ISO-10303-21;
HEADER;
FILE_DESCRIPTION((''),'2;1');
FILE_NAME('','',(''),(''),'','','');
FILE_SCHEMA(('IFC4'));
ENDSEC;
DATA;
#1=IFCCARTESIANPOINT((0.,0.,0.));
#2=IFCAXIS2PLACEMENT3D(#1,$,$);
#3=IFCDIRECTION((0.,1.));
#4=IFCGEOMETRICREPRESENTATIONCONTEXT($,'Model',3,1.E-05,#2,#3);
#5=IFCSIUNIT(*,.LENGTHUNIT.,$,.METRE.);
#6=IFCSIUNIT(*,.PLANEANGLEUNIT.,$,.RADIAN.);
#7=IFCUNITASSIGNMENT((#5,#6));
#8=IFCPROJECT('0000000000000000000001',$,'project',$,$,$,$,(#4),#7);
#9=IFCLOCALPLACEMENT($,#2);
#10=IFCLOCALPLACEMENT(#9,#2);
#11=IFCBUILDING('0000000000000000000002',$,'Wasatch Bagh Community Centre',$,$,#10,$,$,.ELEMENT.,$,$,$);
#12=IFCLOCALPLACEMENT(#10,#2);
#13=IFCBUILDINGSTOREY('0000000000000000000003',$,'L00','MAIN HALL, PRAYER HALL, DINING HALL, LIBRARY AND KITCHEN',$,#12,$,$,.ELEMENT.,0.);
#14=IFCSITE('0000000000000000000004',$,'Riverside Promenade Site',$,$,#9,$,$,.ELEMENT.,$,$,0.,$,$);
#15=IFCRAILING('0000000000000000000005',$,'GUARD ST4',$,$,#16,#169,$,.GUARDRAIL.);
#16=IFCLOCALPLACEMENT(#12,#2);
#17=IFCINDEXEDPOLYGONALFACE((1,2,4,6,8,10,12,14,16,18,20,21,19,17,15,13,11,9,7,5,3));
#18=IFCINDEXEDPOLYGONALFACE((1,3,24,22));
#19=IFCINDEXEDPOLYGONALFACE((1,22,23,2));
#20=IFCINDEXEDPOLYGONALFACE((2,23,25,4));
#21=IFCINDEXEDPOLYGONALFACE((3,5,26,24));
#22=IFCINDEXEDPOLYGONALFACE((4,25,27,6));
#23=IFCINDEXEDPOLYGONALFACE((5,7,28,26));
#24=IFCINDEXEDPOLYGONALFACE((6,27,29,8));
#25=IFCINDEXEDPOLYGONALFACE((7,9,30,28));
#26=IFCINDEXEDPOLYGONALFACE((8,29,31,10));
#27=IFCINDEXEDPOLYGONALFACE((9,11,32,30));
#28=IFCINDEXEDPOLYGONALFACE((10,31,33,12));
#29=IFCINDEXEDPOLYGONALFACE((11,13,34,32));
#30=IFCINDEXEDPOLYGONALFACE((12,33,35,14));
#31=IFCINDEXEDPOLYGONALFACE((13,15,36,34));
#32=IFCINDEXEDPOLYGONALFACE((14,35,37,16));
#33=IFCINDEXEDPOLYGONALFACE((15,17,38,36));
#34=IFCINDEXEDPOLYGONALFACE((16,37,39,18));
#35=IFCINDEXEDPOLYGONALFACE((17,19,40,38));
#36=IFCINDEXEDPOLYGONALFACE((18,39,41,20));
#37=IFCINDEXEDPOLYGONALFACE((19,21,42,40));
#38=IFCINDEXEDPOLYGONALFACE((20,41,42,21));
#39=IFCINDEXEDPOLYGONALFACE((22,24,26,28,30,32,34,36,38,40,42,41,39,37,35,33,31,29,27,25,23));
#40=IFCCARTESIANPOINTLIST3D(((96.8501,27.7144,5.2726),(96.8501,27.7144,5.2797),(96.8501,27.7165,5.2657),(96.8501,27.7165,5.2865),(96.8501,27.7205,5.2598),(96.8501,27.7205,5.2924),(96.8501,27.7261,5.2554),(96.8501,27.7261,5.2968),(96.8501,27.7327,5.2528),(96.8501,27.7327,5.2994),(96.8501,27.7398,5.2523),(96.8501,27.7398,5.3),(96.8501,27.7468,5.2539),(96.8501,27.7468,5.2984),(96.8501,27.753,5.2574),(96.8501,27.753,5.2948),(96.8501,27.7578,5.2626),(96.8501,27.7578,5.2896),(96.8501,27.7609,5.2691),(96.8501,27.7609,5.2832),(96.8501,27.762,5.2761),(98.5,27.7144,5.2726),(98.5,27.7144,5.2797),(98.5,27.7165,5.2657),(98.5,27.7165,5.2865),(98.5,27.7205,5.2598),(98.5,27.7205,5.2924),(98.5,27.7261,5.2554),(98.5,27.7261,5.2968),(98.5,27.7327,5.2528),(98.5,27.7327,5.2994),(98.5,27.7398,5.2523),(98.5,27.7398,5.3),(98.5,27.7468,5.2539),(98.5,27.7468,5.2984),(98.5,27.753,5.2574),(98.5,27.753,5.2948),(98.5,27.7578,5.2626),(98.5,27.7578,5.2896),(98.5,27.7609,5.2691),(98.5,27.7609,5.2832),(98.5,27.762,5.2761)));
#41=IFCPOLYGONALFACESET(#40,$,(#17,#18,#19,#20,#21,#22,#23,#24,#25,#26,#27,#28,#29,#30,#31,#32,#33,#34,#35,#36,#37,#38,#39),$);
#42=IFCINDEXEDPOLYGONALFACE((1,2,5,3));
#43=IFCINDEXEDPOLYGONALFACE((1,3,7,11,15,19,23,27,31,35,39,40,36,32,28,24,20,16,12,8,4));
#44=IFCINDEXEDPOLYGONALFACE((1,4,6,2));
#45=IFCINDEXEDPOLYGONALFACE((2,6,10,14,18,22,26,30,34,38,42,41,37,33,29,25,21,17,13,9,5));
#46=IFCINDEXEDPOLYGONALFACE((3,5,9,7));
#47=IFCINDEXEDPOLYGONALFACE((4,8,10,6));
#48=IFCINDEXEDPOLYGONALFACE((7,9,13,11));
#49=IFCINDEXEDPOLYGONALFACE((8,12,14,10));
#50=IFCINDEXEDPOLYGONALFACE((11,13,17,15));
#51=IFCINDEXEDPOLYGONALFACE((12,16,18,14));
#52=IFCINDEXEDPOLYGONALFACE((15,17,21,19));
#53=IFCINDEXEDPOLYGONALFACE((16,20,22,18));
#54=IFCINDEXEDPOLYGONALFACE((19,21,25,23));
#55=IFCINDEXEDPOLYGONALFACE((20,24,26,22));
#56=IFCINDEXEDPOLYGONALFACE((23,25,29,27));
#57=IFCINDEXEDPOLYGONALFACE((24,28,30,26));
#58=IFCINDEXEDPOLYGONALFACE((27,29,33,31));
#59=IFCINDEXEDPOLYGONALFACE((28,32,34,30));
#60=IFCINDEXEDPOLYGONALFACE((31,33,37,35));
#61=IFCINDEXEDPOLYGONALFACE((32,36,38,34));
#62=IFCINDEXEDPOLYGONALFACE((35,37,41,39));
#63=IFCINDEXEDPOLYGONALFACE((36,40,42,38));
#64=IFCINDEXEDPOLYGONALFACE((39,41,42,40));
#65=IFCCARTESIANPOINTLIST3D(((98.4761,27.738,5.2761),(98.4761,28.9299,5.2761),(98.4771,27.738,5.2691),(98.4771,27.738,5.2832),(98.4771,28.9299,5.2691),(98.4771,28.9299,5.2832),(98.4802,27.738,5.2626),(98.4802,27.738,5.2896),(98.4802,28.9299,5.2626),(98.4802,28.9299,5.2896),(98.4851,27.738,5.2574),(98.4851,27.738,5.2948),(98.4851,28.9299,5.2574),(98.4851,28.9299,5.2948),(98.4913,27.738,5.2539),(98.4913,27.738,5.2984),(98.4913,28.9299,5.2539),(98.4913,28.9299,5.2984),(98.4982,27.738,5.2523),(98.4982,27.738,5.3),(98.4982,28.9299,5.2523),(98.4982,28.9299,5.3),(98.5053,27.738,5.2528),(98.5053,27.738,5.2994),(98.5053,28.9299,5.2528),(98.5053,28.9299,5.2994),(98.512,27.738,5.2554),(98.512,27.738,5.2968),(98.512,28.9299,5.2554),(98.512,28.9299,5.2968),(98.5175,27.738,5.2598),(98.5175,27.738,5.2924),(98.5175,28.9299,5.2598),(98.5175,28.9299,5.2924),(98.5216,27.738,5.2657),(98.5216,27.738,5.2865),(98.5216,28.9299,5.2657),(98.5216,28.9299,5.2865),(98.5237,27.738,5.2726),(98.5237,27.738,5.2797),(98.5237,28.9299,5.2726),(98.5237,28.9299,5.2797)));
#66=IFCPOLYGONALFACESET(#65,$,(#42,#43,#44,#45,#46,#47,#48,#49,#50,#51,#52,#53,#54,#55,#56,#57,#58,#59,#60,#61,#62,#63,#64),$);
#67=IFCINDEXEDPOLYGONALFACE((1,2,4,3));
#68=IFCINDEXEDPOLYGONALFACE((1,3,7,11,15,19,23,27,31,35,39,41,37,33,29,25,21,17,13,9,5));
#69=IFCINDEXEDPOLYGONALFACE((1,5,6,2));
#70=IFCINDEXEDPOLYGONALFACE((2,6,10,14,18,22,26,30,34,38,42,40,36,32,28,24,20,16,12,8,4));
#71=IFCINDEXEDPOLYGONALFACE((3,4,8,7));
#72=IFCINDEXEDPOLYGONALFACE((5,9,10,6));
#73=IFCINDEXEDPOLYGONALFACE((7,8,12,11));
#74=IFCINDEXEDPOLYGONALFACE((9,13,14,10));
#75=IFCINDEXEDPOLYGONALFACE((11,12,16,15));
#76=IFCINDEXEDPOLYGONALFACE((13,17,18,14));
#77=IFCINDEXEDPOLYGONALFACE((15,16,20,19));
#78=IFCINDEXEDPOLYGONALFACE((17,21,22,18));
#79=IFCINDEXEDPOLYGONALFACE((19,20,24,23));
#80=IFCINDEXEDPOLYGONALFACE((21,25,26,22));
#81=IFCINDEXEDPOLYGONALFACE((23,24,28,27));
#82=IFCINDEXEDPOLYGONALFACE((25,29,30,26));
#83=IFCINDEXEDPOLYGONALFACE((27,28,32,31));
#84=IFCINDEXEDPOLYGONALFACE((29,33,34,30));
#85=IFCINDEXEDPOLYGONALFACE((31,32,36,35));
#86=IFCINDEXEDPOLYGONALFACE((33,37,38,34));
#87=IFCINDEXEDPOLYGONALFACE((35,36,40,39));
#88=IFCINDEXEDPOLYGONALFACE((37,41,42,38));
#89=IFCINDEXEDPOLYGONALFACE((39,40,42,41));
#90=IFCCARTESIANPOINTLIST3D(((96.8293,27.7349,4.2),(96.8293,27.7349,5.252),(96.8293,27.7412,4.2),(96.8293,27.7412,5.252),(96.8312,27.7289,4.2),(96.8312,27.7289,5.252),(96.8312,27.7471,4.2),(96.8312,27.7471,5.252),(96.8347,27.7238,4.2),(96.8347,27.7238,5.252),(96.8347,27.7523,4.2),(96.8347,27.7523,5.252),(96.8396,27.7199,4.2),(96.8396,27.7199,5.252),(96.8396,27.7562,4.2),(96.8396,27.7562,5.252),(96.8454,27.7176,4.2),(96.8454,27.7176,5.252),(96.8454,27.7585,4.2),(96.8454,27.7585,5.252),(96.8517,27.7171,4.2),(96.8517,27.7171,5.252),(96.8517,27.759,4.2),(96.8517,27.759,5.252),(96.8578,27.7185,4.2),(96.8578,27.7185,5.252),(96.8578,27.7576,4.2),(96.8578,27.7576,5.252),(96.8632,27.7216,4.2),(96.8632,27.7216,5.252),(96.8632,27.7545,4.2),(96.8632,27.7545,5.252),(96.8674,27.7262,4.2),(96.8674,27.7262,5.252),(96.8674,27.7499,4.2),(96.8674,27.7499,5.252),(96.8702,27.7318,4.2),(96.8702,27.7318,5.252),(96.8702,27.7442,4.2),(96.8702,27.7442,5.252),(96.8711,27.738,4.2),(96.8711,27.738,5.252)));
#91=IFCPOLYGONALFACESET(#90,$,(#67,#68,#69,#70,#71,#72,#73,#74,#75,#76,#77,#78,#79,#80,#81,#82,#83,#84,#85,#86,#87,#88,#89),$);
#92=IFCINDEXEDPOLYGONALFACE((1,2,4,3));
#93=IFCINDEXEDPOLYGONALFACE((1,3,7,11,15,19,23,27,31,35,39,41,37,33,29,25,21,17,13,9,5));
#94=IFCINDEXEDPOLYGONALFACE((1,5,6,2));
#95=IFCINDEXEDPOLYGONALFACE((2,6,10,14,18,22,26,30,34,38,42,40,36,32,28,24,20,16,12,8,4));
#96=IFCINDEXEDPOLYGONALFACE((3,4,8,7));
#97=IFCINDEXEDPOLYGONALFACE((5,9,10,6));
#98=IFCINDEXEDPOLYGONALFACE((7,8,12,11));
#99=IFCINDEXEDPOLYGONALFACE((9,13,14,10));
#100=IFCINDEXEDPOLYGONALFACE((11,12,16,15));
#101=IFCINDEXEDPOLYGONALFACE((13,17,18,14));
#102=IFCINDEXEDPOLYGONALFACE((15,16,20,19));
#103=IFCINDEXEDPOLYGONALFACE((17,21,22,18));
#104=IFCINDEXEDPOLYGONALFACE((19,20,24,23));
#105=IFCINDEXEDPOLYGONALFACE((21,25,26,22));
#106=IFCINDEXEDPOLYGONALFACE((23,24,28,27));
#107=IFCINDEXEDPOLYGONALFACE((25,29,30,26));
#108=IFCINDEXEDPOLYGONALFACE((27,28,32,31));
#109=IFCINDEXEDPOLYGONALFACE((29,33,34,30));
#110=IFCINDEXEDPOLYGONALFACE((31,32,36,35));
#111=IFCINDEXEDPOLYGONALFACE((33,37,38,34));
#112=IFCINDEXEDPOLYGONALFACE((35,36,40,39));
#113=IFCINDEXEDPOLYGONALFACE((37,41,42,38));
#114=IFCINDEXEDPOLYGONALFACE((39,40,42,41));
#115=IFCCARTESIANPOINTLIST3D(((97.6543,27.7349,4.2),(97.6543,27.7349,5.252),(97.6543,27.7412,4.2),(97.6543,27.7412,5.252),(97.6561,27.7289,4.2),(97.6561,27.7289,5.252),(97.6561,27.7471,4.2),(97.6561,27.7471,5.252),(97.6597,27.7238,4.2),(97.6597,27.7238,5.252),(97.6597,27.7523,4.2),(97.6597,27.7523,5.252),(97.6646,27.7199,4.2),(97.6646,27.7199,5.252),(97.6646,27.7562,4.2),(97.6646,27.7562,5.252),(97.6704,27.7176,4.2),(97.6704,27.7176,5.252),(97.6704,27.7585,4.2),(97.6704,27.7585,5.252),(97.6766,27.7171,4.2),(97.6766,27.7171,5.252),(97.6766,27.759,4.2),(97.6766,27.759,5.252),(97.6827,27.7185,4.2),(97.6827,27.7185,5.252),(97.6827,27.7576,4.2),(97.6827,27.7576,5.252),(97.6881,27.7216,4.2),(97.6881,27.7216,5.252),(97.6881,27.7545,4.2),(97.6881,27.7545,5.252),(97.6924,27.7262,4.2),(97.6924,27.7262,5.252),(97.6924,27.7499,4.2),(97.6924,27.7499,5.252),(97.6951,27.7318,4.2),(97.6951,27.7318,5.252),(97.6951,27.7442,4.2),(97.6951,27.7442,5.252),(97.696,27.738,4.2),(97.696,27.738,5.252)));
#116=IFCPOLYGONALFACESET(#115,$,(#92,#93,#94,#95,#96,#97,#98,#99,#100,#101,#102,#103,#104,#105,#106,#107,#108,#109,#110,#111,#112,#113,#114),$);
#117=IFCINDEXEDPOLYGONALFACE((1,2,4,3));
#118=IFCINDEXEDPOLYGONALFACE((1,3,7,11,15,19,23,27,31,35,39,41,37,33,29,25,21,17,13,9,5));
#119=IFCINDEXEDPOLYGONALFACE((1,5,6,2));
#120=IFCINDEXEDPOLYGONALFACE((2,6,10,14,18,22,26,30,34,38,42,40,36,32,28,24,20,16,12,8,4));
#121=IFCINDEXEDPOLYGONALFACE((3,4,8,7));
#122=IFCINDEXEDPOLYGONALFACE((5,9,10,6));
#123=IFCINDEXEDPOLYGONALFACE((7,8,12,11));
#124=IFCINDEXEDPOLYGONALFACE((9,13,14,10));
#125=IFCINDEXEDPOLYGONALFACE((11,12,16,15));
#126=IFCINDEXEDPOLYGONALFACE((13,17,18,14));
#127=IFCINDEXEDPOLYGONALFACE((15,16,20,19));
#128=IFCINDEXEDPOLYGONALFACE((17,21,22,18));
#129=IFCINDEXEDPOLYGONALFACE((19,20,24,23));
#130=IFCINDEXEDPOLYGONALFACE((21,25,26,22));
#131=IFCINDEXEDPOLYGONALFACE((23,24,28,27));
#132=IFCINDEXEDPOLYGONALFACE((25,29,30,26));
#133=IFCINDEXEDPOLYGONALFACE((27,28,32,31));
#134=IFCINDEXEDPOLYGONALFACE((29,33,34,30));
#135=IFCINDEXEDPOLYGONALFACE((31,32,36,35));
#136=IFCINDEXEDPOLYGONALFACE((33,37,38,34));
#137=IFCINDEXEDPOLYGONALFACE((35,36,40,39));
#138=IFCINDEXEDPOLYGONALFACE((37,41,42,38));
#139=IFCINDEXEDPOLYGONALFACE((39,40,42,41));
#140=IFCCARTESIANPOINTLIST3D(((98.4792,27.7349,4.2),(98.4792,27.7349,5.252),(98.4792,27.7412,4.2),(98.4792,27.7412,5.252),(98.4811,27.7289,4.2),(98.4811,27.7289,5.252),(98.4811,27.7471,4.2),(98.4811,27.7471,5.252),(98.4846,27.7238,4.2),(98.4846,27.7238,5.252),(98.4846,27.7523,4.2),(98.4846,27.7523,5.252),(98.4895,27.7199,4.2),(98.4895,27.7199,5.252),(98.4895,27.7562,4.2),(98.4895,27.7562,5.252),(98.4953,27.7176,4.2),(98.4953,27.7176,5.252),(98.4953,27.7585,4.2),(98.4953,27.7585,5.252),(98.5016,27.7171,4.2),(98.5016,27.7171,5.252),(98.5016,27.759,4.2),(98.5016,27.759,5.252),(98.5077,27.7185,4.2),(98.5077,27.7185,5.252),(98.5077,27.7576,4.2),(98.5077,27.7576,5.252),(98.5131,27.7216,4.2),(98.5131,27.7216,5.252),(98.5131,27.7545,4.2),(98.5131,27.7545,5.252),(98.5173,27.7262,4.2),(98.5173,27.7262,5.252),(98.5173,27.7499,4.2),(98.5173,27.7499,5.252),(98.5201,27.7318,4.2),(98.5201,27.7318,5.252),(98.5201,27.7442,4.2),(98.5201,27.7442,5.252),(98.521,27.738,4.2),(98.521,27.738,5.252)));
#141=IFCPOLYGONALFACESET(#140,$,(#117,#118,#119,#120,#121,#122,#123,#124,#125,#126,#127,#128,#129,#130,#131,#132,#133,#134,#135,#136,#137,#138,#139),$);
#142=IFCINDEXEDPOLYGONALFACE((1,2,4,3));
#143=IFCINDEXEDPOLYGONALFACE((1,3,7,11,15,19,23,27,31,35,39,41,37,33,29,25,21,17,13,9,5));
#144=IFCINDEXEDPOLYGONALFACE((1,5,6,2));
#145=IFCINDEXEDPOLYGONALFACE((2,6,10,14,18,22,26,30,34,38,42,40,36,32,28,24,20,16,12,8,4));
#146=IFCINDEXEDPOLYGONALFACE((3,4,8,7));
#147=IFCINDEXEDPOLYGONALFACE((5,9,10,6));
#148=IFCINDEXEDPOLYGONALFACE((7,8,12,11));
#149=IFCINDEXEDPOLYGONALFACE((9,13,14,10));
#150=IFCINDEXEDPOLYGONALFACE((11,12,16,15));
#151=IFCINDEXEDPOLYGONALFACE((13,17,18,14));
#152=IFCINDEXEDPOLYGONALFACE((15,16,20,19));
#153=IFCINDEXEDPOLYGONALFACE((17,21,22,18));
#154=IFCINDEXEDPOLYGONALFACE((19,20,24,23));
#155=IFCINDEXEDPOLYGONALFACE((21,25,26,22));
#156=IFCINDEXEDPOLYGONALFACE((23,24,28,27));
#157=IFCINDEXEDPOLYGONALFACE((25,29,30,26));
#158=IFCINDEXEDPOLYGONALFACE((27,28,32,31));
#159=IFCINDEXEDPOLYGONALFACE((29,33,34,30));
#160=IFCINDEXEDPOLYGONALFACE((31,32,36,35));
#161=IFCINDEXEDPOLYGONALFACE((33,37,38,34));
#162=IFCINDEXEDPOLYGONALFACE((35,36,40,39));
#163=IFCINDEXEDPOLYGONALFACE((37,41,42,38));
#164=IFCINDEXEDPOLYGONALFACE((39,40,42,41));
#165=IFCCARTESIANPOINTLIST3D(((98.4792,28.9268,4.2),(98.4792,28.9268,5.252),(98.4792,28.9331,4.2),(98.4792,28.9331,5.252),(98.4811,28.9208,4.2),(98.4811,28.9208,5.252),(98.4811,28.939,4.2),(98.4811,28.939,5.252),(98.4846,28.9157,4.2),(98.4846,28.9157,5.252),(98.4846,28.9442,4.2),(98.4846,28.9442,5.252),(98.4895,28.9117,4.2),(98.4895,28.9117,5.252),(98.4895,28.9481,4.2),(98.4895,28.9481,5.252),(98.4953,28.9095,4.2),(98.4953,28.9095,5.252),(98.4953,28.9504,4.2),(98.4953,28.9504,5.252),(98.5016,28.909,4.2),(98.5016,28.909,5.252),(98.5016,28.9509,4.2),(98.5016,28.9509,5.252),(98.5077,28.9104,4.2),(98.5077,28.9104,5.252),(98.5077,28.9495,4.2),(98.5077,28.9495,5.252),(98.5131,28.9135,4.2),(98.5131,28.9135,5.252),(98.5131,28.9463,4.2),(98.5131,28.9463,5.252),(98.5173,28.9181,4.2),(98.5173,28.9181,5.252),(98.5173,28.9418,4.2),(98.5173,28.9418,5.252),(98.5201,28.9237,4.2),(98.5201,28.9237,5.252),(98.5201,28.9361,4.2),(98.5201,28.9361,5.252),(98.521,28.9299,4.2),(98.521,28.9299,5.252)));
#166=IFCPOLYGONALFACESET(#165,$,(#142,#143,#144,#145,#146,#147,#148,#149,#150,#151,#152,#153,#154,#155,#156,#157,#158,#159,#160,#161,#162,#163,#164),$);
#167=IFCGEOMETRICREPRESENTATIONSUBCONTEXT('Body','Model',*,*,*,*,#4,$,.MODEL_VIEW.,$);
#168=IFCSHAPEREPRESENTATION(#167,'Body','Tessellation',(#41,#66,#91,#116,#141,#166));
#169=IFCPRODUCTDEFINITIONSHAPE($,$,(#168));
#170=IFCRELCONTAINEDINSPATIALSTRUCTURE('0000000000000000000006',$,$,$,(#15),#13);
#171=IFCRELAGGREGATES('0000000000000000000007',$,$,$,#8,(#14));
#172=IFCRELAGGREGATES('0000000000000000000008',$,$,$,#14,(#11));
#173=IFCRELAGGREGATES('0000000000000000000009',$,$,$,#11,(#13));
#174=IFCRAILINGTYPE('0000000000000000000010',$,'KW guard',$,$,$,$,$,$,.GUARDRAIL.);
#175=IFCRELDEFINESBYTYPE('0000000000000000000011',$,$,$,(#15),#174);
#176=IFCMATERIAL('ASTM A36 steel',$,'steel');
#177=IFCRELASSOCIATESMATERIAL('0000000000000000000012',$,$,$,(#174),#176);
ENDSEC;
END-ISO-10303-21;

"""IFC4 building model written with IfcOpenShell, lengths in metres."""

from ifc_helpers import new_model, si_unit, direction, frame, origin, origin_2d, place, context, subcontext, project, spatial, circle, extrude, material, type_object, element, save


model = new_model("IFC4")

# Units and contexts
model_context = context("Model", 3, precision=1e-05, world=origin(), true_north=direction((0.0, 1.0)))
body_context = subcontext(model_context, "Body", "Model", "MODEL_VIEW")
ifc_project = project(units=[si_unit("LENGTHUNIT", "METRE"), si_unit("PLANEANGLEUNIT", "RADIAN")], contexts=[model_context])

# Site, building, storey
site_placement = place(None, origin())
site = spatial("IfcSite", under=ifc_project, at=site_placement, Name="Riverside Promenade Site", CompositionType="ELEMENT", RefElevation=0.0)
building_placement = place(site_placement, origin())
building = spatial("IfcBuilding", under=site, at=building_placement, Name="Wasatch Bagh Community Centre", CompositionType="ELEMENT")
storey_placement = place(building_placement, origin())
storey = spatial("IfcBuildingStorey", under=building, at=storey_placement, Name="L00", Description="MAIN HALL, PRAYER HALL, DINING HALL, LIBRARY AND KITCHEN", CompositionType="ELEMENT", Elevation=0.0)

# Railing
ifc_material_1 = material(Name="ASTM A36 steel", Category="steel")
railing_type_1 = type_object("IfcRailingType", Name="KW guard", PredefinedType="GUARDRAIL", material=ifc_material_1)
railing_1_placement = place(storey_placement, frame((96.8501, 27.738, 4.2)))
element("IfcRailing", 1, at=railing_1_placement, inside=storey, type_object=railing_type_1, Name="GUARD ST4", PredefinedType="GUARDRAIL", context=body_context, shape_type="SweptSolid", body=[
    extrude(circle(Radius=0.0239, at=origin_2d()), frame((0.0, 0.0, 1.0762), z_axis=(1.0, 0.0, 0.0), x_axis=(0.0, 1.0, 0.0)), (0.0, 0.0, 1.0), 1.6499),
    extrude(circle(Radius=0.0239, at=origin_2d()), frame((1.6499, 0.0, 1.0762), z_axis=(0.0, 1.0, 0.0), x_axis=(-1.0, 0.0, 0.0)), (0.0, 0.0, 1.0), 1.1919),
    extrude(circle(Radius=0.021, at=origin_2d()), origin(), (0.0, 0.0, 1.0), 1.052),
    extrude(circle(Radius=0.021, at=origin_2d()), frame((0.825, 0.0, 0.0)), (0.0, 0.0, 1.0), 1.052),
    extrude(circle(Radius=0.021, at=origin_2d()), frame((1.6499, 0.0, 0.0)), (0.0, 0.0, 1.0), 1.052),
    extrude(circle(Radius=0.021, at=origin_2d()), frame((1.6499, 1.1919, 0.0)), (0.0, 0.0, 1.0), 1.052),
])

save(model, "model.ifc")
